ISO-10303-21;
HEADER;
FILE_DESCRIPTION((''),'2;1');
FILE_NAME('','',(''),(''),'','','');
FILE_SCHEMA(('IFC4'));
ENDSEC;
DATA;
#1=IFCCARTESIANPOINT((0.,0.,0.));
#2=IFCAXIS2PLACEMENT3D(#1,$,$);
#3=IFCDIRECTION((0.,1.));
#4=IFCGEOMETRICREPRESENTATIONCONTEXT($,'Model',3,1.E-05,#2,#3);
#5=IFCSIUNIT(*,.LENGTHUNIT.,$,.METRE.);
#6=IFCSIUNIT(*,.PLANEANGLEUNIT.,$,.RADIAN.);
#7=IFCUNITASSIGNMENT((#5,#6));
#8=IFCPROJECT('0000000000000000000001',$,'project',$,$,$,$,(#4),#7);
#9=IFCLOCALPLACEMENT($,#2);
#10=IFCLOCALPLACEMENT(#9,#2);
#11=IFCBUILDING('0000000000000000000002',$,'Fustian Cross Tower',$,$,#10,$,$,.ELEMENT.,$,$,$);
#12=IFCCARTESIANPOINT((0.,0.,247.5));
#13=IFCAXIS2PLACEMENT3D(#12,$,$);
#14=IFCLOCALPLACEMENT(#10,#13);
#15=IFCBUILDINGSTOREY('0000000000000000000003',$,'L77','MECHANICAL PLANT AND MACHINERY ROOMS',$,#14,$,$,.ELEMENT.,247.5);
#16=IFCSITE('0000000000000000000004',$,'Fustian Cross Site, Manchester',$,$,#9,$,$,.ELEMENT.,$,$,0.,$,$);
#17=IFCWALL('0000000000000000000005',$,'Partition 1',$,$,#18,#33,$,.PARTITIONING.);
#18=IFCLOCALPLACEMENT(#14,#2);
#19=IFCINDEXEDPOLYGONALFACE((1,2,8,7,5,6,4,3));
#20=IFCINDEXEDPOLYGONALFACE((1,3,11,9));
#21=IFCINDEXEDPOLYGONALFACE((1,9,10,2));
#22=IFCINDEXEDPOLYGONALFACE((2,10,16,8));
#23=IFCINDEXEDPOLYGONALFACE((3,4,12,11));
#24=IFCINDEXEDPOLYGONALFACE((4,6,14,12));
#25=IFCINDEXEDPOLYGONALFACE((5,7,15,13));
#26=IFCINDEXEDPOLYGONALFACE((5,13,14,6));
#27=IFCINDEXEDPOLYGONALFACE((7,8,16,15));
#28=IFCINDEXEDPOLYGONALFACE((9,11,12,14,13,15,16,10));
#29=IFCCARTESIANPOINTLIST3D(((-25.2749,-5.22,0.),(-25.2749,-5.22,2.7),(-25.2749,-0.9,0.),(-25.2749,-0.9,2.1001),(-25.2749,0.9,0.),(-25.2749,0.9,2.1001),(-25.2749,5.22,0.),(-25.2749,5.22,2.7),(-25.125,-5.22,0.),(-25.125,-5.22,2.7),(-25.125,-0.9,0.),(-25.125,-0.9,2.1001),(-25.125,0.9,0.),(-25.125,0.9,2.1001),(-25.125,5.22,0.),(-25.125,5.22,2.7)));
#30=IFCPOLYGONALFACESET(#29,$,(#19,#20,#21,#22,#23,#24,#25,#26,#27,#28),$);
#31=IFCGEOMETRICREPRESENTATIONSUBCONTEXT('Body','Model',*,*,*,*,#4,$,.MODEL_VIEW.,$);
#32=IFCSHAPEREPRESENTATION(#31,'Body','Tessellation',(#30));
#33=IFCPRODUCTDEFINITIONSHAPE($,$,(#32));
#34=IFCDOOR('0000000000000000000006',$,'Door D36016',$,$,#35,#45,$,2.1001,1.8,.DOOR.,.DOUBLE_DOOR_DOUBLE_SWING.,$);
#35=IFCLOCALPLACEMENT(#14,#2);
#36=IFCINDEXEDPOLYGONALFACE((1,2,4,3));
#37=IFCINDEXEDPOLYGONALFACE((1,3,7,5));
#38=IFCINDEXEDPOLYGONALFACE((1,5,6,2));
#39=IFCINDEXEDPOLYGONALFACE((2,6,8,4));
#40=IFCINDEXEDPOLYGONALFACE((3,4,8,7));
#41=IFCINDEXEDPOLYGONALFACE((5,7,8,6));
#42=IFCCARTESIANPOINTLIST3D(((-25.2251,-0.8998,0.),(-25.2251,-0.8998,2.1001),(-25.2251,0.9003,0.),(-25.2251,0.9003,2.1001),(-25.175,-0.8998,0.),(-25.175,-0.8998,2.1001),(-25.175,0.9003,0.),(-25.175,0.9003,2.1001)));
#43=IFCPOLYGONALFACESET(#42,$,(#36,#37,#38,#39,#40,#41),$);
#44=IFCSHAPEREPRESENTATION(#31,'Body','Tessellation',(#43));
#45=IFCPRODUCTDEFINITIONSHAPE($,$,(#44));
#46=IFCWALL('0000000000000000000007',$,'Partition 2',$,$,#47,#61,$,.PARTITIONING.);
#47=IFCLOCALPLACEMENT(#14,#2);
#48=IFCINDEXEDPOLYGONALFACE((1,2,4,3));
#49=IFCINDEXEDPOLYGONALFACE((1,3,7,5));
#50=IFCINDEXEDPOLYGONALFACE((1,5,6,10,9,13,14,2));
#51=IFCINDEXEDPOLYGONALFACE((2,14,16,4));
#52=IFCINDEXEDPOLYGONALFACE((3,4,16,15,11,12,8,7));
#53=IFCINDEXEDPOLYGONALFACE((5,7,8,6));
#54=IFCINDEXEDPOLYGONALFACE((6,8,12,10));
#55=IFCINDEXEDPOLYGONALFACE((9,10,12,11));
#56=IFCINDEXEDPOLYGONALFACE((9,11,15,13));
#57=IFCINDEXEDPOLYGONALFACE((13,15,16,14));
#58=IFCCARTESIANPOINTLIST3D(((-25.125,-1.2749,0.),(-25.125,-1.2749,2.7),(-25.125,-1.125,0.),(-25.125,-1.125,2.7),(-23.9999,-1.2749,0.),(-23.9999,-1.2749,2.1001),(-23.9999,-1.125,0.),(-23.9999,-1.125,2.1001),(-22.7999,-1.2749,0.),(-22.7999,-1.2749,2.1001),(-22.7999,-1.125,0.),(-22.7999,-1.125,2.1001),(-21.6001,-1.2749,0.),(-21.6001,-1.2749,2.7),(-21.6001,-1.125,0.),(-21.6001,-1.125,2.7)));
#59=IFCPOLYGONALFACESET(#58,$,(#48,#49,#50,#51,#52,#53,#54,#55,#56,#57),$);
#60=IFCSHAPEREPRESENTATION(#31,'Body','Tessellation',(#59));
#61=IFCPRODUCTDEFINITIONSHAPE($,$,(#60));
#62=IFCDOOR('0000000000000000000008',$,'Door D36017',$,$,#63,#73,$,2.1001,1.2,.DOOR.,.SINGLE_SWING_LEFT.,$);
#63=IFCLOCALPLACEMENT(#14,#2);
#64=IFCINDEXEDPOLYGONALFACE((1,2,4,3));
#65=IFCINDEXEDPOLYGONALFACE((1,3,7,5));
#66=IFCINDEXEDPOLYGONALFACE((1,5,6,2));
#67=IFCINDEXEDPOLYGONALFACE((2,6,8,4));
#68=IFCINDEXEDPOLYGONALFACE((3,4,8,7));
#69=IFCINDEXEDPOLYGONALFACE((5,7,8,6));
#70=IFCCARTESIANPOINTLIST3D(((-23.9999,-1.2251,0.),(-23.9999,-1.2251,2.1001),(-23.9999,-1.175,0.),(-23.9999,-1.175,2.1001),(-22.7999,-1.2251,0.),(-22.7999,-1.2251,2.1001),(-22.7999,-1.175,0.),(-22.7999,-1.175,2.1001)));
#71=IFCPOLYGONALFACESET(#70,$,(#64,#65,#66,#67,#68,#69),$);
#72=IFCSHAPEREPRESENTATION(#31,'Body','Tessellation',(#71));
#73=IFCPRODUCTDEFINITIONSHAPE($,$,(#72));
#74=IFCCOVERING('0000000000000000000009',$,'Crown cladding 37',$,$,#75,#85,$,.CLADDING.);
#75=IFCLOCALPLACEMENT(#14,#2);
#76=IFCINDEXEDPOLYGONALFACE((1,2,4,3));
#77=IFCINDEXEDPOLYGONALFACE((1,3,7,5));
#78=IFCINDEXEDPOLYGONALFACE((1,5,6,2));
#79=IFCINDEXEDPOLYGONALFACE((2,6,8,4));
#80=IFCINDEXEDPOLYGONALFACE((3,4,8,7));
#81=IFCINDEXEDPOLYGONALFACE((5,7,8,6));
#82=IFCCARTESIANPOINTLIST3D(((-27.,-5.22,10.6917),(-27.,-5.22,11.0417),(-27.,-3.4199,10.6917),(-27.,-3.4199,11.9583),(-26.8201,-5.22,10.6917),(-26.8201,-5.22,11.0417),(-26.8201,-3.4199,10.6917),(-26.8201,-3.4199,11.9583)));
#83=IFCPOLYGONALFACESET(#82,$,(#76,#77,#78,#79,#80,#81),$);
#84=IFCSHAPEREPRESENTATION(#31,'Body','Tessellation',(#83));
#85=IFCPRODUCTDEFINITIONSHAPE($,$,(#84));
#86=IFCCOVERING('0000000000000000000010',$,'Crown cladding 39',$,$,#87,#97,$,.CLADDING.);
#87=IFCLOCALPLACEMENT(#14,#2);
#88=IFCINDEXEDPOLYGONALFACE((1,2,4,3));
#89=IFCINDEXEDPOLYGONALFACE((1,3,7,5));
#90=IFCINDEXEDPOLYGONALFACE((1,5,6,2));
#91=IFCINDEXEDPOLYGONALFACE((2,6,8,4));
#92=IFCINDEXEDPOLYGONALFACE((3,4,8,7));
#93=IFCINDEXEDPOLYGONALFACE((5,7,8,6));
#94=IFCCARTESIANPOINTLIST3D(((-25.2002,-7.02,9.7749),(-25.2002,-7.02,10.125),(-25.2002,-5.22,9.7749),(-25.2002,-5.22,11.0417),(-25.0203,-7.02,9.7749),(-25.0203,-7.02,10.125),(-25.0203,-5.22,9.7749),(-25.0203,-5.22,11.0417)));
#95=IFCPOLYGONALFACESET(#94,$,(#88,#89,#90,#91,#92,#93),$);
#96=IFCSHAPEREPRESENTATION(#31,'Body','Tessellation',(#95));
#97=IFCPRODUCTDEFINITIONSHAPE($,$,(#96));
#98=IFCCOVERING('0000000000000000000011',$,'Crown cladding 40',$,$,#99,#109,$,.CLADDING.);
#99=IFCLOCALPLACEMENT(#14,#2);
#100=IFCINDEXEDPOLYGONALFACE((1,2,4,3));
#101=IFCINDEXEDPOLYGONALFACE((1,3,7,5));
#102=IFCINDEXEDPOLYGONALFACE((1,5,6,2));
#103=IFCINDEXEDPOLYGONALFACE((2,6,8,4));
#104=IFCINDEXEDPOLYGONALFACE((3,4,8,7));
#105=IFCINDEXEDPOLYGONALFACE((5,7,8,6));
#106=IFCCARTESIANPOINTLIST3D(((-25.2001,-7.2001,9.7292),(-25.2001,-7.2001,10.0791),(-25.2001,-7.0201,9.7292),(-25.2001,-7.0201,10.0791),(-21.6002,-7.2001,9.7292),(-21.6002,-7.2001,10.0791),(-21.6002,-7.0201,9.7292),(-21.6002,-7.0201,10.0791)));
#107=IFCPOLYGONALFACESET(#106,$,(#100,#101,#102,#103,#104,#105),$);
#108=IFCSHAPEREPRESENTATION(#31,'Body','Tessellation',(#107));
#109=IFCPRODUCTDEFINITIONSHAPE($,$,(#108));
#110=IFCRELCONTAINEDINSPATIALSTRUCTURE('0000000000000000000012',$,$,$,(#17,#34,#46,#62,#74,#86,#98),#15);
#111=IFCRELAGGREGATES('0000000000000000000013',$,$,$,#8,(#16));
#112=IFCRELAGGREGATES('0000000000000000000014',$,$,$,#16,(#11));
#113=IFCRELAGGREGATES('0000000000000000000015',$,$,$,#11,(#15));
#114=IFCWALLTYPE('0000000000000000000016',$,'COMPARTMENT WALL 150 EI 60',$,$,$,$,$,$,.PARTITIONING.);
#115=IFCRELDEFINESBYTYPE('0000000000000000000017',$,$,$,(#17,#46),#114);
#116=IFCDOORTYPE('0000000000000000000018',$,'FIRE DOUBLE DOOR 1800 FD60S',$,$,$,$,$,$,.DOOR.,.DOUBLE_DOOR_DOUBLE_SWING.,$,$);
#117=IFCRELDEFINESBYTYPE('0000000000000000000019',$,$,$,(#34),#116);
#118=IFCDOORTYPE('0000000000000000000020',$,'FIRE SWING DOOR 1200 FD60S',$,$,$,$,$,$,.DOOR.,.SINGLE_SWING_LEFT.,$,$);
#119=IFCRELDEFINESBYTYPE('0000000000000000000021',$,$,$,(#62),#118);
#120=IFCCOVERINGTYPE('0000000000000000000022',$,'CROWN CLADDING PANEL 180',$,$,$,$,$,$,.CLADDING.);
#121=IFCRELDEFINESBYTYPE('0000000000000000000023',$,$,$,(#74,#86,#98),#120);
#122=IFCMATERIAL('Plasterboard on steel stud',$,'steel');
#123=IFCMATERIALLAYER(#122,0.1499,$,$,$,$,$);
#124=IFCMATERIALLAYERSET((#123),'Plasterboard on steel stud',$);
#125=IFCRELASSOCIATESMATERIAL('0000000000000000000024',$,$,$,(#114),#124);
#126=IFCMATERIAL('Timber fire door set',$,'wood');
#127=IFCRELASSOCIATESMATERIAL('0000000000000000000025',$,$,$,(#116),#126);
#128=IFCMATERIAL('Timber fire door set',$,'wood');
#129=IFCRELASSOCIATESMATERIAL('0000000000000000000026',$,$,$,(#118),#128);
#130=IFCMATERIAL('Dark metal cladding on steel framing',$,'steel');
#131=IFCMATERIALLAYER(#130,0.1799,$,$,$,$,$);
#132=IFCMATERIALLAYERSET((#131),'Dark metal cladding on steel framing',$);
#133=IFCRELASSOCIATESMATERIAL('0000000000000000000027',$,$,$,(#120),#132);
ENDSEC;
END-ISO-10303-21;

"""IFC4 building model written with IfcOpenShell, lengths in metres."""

from ifc_helpers import new_model, si_unit, direction, frame, frame_2d, origin, place, context, subcontext, project, spatial, polyline, rectangle, outline, extrude, material, layer, layer_set, type_object, element, fill, save


model = new_model("IFC4")

# Units and contexts
model_context = context("Model", 3, precision=1e-05, world=origin(), true_north=direction((0.0, 1.0)))
body_context = subcontext(model_context, "Body", "Model", "MODEL_VIEW")
ifc_project = project(units=[si_unit("LENGTHUNIT", "METRE"), si_unit("PLANEANGLEUNIT", "RADIAN")], contexts=[model_context])

# Site, building, storey
site_placement = place(None, origin())
site = spatial("IfcSite", under=ifc_project, at=site_placement, Name="Fustian Cross Site, Manchester", CompositionType="ELEMENT", RefElevation=0.0)
building_placement = place(site_placement, origin())
building = spatial("IfcBuilding", under=site, at=building_placement, Name="Fustian Cross Tower", CompositionType="ELEMENT")
storey_placement = place(building_placement, frame((0.0, 0.0, 247.5)))
storey = spatial("IfcBuildingStorey", under=building, at=storey_placement, Name="L77", Description="MECHANICAL PLANT AND MACHINERY ROOMS", CompositionType="ELEMENT", Elevation=247.5)

# Walls, openings, doors
ifc_material_1 = material(Name="Plasterboard on steel stud", Category="steel")
ifc_layer_1 = layer(ifc_material_1, 0.1499)
ifc_layer_set_1 = layer_set([ifc_layer_1], Name="Plasterboard on steel stud")
wall_type = type_object("IfcWallType", Name="COMPARTMENT WALL 150 EI 60", PredefinedType="PARTITIONING", material=ifc_layer_set_1)
wall_1_placement = place(storey_placement, frame((-25.2, -5.22, 0.0), z_axis=(0.0, 0.0, 1.0), x_axis=(0.0, 1.0, 0.0)))
wall_1 = element("IfcWall", 1, at=wall_1_placement, inside=storey, type_object=wall_type, Name="Partition 1", PredefinedType="PARTITIONING", context=body_context, shape_type="SweptSolid", body=[
    extrude(rectangle(XDim=10.4399, YDim=0.1499, at=frame_2d((5.22, 0.0))), origin(), (0.0, 0.0, 1.0), 2.7),
])
opening_1_placement = place(wall_1_placement, frame((4.3201, 0.0, 0.0)))
opening_1 = element("IfcOpeningElement", 2, at=opening_1_placement, cuts=wall_1, PredefinedType="OPENING", context=body_context, shape_type="SweptSolid", body=[
    extrude(rectangle(XDim=1.8, YDim=2.1001, at=frame_2d((0.8999, 1.05))), frame((0.0, 0.085, 0.0), z_axis=(0.0, -1.0, 0.0), x_axis=(1.0, 0.0, 0.0)), (0.0, 0.0, 1.0), 0.1699),
])
ifc_material_2 = material(Name="Timber fire door set", Category="wood")
door_type_1 = type_object("IfcDoorType", Name="FIRE DOUBLE DOOR 1800 FD60S", OperationType="DOUBLE_DOOR_DOUBLE_SWING", PredefinedType="DOOR", material=ifc_material_2)
door_1_placement = place(opening_1_placement, frame((1.8, 0.0, 0.0), z_axis=(0.0, 0.0, 1.0), x_axis=(-1.0, 0.0, 0.0)))
door_1 = element("IfcDoor", 3, at=door_1_placement, inside=storey, type_object=door_type_1, Name="Door D36016", OperationType="DOUBLE_DOOR_DOUBLE_SWING", OverallHeight=2.1001, OverallWidth=1.8, PredefinedType="DOOR", context=body_context, shape_type="SweptSolid", body=[
    extrude(rectangle(XDim=1.8, YDim=2.1001, at=frame_2d((0.8999, 1.05))), frame((0.0, 0.0249, 0.0), z_axis=(0.0, -1.0, 0.0), x_axis=(1.0, 0.0, 0.0)), (0.0, 0.0, 1.0), 0.05),
])
fill(opening_1, door_1)
wall_2_placement = place(storey_placement, frame((-25.125, -1.2, 0.0), z_axis=(0.0, 0.0, 1.0), x_axis=(1.0, 0.0, 0.0)))
wall_2 = element("IfcWall", 4, at=wall_2_placement, inside=storey, type_object=wall_type, Name="Partition 2", PredefinedType="PARTITIONING", context=body_context, shape_type="SweptSolid", body=[
    extrude(rectangle(XDim=3.5249, YDim=0.1499, at=frame_2d((1.7625, 0.0))), origin(), (0.0, 0.0, 1.0), 2.7),
])
opening_2_placement = place(wall_2_placement, frame((1.125, 0.0, 0.0)))
opening_2 = element("IfcOpeningElement", 5, at=opening_2_placement, cuts=wall_2, PredefinedType="OPENING", context=body_context, shape_type="SweptSolid", body=[
    extrude(rectangle(XDim=1.2, YDim=2.1001, at=frame_2d((0.6001, 1.05))), frame((0.0, 0.085, 0.0), z_axis=(0.0, -1.0, 0.0), x_axis=(1.0, 0.0, 0.0)), (0.0, 0.0, 1.0), 0.1699),
])
ifc_material_3 = material(Name="Timber fire door set", Category="wood")
door_type_2 = type_object("IfcDoorType", Name="FIRE SWING DOOR 1200 FD60S", OperationType="SINGLE_SWING_LEFT", PredefinedType="DOOR", material=ifc_material_3)
door_2_placement = place(opening_2_placement, origin())
door_2 = element("IfcDoor", 6, at=door_2_placement, inside=storey, type_object=door_type_2, Name="Door D36017", OperationType="SINGLE_SWING_LEFT", OverallHeight=2.1001, OverallWidth=1.2, PredefinedType="DOOR", context=body_context, shape_type="SweptSolid", body=[
    extrude(rectangle(XDim=1.2, YDim=2.1001, at=frame_2d((0.6001, 1.05))), frame((0.0, 0.0249, 0.0), z_axis=(0.0, -1.0, 0.0), x_axis=(1.0, 0.0, 0.0)), (0.0, 0.0, 1.0), 0.05),
])
fill(opening_2, door_2)

# Coverings
ifc_material_4 = material(Name="Dark metal cladding on steel framing", Category="steel")
ifc_layer_2 = layer(ifc_material_4, 0.1799)
ifc_layer_set_2 = layer_set([ifc_layer_2], Name="Dark metal cladding on steel framing")
covering_type = type_object("IfcCoveringType", Name="CROWN CLADDING PANEL 180", PredefinedType="CLADDING", material=ifc_layer_set_2)
covering_1_placement = place(storey_placement, frame((-26.9099, -3.4199, 10.6917), z_axis=(0.0, 0.0, 1.0), x_axis=(0.0, -1.0, 0.0)))
element("IfcCovering", 7, at=covering_1_placement, inside=storey, type_object=covering_type, Name="Crown cladding 37", PredefinedType="CLADDING", context=body_context, shape_type="SweptSolid", body=[
    extrude(outline(polyline([(0.0, 0.0), (1.8, 0.0), (1.8, 0.3501), (0.0, 1.2666), (0.0, 0.0)])), frame((0.0, 0.0898, 0.0), z_axis=(0.0, -1.0, 0.0), x_axis=(1.0, 0.0, 0.0)), (0.0, 0.0, 1.0), 0.1799),
])
covering_2_placement = place(storey_placement, frame((-25.1101, -5.22, 9.7749), z_axis=(0.0, 0.0, 1.0), x_axis=(0.0, -1.0, 0.0)))
element("IfcCovering", 8, at=covering_2_placement, inside=storey, type_object=covering_type, Name="Crown cladding 39", PredefinedType="CLADDING", context=body_context, shape_type="SweptSolid", body=[
    extrude(outline(polyline([(0.0, 0.0), (1.8, 0.0), (1.8, 0.3501), (0.0, 1.2668), (0.0, 0.0)])), frame((0.0, 0.0898, 0.0), z_axis=(0.0, -1.0, 0.0), x_axis=(1.0, 0.0, 0.0)), (0.0, 0.0, 1.0), 0.1799),
])
covering_3_placement = place(storey_placement, frame((-25.2, -7.1101, 9.7292), z_axis=(0.0, 0.0, 1.0), x_axis=(1.0, 0.0, 0.0)))
element("IfcCovering", 9, at=covering_3_placement, inside=storey, type_object=covering_type, Name="Crown cladding 40", PredefinedType="CLADDING", context=body_context, shape_type="SweptSolid", body=[
    extrude(rectangle(XDim=3.5999, YDim=0.1799, at=frame_2d((1.7998, 0.0))), origin(), (0.0, 0.0, 1.0), 0.3499),
])

save(model, "model.ifc")
